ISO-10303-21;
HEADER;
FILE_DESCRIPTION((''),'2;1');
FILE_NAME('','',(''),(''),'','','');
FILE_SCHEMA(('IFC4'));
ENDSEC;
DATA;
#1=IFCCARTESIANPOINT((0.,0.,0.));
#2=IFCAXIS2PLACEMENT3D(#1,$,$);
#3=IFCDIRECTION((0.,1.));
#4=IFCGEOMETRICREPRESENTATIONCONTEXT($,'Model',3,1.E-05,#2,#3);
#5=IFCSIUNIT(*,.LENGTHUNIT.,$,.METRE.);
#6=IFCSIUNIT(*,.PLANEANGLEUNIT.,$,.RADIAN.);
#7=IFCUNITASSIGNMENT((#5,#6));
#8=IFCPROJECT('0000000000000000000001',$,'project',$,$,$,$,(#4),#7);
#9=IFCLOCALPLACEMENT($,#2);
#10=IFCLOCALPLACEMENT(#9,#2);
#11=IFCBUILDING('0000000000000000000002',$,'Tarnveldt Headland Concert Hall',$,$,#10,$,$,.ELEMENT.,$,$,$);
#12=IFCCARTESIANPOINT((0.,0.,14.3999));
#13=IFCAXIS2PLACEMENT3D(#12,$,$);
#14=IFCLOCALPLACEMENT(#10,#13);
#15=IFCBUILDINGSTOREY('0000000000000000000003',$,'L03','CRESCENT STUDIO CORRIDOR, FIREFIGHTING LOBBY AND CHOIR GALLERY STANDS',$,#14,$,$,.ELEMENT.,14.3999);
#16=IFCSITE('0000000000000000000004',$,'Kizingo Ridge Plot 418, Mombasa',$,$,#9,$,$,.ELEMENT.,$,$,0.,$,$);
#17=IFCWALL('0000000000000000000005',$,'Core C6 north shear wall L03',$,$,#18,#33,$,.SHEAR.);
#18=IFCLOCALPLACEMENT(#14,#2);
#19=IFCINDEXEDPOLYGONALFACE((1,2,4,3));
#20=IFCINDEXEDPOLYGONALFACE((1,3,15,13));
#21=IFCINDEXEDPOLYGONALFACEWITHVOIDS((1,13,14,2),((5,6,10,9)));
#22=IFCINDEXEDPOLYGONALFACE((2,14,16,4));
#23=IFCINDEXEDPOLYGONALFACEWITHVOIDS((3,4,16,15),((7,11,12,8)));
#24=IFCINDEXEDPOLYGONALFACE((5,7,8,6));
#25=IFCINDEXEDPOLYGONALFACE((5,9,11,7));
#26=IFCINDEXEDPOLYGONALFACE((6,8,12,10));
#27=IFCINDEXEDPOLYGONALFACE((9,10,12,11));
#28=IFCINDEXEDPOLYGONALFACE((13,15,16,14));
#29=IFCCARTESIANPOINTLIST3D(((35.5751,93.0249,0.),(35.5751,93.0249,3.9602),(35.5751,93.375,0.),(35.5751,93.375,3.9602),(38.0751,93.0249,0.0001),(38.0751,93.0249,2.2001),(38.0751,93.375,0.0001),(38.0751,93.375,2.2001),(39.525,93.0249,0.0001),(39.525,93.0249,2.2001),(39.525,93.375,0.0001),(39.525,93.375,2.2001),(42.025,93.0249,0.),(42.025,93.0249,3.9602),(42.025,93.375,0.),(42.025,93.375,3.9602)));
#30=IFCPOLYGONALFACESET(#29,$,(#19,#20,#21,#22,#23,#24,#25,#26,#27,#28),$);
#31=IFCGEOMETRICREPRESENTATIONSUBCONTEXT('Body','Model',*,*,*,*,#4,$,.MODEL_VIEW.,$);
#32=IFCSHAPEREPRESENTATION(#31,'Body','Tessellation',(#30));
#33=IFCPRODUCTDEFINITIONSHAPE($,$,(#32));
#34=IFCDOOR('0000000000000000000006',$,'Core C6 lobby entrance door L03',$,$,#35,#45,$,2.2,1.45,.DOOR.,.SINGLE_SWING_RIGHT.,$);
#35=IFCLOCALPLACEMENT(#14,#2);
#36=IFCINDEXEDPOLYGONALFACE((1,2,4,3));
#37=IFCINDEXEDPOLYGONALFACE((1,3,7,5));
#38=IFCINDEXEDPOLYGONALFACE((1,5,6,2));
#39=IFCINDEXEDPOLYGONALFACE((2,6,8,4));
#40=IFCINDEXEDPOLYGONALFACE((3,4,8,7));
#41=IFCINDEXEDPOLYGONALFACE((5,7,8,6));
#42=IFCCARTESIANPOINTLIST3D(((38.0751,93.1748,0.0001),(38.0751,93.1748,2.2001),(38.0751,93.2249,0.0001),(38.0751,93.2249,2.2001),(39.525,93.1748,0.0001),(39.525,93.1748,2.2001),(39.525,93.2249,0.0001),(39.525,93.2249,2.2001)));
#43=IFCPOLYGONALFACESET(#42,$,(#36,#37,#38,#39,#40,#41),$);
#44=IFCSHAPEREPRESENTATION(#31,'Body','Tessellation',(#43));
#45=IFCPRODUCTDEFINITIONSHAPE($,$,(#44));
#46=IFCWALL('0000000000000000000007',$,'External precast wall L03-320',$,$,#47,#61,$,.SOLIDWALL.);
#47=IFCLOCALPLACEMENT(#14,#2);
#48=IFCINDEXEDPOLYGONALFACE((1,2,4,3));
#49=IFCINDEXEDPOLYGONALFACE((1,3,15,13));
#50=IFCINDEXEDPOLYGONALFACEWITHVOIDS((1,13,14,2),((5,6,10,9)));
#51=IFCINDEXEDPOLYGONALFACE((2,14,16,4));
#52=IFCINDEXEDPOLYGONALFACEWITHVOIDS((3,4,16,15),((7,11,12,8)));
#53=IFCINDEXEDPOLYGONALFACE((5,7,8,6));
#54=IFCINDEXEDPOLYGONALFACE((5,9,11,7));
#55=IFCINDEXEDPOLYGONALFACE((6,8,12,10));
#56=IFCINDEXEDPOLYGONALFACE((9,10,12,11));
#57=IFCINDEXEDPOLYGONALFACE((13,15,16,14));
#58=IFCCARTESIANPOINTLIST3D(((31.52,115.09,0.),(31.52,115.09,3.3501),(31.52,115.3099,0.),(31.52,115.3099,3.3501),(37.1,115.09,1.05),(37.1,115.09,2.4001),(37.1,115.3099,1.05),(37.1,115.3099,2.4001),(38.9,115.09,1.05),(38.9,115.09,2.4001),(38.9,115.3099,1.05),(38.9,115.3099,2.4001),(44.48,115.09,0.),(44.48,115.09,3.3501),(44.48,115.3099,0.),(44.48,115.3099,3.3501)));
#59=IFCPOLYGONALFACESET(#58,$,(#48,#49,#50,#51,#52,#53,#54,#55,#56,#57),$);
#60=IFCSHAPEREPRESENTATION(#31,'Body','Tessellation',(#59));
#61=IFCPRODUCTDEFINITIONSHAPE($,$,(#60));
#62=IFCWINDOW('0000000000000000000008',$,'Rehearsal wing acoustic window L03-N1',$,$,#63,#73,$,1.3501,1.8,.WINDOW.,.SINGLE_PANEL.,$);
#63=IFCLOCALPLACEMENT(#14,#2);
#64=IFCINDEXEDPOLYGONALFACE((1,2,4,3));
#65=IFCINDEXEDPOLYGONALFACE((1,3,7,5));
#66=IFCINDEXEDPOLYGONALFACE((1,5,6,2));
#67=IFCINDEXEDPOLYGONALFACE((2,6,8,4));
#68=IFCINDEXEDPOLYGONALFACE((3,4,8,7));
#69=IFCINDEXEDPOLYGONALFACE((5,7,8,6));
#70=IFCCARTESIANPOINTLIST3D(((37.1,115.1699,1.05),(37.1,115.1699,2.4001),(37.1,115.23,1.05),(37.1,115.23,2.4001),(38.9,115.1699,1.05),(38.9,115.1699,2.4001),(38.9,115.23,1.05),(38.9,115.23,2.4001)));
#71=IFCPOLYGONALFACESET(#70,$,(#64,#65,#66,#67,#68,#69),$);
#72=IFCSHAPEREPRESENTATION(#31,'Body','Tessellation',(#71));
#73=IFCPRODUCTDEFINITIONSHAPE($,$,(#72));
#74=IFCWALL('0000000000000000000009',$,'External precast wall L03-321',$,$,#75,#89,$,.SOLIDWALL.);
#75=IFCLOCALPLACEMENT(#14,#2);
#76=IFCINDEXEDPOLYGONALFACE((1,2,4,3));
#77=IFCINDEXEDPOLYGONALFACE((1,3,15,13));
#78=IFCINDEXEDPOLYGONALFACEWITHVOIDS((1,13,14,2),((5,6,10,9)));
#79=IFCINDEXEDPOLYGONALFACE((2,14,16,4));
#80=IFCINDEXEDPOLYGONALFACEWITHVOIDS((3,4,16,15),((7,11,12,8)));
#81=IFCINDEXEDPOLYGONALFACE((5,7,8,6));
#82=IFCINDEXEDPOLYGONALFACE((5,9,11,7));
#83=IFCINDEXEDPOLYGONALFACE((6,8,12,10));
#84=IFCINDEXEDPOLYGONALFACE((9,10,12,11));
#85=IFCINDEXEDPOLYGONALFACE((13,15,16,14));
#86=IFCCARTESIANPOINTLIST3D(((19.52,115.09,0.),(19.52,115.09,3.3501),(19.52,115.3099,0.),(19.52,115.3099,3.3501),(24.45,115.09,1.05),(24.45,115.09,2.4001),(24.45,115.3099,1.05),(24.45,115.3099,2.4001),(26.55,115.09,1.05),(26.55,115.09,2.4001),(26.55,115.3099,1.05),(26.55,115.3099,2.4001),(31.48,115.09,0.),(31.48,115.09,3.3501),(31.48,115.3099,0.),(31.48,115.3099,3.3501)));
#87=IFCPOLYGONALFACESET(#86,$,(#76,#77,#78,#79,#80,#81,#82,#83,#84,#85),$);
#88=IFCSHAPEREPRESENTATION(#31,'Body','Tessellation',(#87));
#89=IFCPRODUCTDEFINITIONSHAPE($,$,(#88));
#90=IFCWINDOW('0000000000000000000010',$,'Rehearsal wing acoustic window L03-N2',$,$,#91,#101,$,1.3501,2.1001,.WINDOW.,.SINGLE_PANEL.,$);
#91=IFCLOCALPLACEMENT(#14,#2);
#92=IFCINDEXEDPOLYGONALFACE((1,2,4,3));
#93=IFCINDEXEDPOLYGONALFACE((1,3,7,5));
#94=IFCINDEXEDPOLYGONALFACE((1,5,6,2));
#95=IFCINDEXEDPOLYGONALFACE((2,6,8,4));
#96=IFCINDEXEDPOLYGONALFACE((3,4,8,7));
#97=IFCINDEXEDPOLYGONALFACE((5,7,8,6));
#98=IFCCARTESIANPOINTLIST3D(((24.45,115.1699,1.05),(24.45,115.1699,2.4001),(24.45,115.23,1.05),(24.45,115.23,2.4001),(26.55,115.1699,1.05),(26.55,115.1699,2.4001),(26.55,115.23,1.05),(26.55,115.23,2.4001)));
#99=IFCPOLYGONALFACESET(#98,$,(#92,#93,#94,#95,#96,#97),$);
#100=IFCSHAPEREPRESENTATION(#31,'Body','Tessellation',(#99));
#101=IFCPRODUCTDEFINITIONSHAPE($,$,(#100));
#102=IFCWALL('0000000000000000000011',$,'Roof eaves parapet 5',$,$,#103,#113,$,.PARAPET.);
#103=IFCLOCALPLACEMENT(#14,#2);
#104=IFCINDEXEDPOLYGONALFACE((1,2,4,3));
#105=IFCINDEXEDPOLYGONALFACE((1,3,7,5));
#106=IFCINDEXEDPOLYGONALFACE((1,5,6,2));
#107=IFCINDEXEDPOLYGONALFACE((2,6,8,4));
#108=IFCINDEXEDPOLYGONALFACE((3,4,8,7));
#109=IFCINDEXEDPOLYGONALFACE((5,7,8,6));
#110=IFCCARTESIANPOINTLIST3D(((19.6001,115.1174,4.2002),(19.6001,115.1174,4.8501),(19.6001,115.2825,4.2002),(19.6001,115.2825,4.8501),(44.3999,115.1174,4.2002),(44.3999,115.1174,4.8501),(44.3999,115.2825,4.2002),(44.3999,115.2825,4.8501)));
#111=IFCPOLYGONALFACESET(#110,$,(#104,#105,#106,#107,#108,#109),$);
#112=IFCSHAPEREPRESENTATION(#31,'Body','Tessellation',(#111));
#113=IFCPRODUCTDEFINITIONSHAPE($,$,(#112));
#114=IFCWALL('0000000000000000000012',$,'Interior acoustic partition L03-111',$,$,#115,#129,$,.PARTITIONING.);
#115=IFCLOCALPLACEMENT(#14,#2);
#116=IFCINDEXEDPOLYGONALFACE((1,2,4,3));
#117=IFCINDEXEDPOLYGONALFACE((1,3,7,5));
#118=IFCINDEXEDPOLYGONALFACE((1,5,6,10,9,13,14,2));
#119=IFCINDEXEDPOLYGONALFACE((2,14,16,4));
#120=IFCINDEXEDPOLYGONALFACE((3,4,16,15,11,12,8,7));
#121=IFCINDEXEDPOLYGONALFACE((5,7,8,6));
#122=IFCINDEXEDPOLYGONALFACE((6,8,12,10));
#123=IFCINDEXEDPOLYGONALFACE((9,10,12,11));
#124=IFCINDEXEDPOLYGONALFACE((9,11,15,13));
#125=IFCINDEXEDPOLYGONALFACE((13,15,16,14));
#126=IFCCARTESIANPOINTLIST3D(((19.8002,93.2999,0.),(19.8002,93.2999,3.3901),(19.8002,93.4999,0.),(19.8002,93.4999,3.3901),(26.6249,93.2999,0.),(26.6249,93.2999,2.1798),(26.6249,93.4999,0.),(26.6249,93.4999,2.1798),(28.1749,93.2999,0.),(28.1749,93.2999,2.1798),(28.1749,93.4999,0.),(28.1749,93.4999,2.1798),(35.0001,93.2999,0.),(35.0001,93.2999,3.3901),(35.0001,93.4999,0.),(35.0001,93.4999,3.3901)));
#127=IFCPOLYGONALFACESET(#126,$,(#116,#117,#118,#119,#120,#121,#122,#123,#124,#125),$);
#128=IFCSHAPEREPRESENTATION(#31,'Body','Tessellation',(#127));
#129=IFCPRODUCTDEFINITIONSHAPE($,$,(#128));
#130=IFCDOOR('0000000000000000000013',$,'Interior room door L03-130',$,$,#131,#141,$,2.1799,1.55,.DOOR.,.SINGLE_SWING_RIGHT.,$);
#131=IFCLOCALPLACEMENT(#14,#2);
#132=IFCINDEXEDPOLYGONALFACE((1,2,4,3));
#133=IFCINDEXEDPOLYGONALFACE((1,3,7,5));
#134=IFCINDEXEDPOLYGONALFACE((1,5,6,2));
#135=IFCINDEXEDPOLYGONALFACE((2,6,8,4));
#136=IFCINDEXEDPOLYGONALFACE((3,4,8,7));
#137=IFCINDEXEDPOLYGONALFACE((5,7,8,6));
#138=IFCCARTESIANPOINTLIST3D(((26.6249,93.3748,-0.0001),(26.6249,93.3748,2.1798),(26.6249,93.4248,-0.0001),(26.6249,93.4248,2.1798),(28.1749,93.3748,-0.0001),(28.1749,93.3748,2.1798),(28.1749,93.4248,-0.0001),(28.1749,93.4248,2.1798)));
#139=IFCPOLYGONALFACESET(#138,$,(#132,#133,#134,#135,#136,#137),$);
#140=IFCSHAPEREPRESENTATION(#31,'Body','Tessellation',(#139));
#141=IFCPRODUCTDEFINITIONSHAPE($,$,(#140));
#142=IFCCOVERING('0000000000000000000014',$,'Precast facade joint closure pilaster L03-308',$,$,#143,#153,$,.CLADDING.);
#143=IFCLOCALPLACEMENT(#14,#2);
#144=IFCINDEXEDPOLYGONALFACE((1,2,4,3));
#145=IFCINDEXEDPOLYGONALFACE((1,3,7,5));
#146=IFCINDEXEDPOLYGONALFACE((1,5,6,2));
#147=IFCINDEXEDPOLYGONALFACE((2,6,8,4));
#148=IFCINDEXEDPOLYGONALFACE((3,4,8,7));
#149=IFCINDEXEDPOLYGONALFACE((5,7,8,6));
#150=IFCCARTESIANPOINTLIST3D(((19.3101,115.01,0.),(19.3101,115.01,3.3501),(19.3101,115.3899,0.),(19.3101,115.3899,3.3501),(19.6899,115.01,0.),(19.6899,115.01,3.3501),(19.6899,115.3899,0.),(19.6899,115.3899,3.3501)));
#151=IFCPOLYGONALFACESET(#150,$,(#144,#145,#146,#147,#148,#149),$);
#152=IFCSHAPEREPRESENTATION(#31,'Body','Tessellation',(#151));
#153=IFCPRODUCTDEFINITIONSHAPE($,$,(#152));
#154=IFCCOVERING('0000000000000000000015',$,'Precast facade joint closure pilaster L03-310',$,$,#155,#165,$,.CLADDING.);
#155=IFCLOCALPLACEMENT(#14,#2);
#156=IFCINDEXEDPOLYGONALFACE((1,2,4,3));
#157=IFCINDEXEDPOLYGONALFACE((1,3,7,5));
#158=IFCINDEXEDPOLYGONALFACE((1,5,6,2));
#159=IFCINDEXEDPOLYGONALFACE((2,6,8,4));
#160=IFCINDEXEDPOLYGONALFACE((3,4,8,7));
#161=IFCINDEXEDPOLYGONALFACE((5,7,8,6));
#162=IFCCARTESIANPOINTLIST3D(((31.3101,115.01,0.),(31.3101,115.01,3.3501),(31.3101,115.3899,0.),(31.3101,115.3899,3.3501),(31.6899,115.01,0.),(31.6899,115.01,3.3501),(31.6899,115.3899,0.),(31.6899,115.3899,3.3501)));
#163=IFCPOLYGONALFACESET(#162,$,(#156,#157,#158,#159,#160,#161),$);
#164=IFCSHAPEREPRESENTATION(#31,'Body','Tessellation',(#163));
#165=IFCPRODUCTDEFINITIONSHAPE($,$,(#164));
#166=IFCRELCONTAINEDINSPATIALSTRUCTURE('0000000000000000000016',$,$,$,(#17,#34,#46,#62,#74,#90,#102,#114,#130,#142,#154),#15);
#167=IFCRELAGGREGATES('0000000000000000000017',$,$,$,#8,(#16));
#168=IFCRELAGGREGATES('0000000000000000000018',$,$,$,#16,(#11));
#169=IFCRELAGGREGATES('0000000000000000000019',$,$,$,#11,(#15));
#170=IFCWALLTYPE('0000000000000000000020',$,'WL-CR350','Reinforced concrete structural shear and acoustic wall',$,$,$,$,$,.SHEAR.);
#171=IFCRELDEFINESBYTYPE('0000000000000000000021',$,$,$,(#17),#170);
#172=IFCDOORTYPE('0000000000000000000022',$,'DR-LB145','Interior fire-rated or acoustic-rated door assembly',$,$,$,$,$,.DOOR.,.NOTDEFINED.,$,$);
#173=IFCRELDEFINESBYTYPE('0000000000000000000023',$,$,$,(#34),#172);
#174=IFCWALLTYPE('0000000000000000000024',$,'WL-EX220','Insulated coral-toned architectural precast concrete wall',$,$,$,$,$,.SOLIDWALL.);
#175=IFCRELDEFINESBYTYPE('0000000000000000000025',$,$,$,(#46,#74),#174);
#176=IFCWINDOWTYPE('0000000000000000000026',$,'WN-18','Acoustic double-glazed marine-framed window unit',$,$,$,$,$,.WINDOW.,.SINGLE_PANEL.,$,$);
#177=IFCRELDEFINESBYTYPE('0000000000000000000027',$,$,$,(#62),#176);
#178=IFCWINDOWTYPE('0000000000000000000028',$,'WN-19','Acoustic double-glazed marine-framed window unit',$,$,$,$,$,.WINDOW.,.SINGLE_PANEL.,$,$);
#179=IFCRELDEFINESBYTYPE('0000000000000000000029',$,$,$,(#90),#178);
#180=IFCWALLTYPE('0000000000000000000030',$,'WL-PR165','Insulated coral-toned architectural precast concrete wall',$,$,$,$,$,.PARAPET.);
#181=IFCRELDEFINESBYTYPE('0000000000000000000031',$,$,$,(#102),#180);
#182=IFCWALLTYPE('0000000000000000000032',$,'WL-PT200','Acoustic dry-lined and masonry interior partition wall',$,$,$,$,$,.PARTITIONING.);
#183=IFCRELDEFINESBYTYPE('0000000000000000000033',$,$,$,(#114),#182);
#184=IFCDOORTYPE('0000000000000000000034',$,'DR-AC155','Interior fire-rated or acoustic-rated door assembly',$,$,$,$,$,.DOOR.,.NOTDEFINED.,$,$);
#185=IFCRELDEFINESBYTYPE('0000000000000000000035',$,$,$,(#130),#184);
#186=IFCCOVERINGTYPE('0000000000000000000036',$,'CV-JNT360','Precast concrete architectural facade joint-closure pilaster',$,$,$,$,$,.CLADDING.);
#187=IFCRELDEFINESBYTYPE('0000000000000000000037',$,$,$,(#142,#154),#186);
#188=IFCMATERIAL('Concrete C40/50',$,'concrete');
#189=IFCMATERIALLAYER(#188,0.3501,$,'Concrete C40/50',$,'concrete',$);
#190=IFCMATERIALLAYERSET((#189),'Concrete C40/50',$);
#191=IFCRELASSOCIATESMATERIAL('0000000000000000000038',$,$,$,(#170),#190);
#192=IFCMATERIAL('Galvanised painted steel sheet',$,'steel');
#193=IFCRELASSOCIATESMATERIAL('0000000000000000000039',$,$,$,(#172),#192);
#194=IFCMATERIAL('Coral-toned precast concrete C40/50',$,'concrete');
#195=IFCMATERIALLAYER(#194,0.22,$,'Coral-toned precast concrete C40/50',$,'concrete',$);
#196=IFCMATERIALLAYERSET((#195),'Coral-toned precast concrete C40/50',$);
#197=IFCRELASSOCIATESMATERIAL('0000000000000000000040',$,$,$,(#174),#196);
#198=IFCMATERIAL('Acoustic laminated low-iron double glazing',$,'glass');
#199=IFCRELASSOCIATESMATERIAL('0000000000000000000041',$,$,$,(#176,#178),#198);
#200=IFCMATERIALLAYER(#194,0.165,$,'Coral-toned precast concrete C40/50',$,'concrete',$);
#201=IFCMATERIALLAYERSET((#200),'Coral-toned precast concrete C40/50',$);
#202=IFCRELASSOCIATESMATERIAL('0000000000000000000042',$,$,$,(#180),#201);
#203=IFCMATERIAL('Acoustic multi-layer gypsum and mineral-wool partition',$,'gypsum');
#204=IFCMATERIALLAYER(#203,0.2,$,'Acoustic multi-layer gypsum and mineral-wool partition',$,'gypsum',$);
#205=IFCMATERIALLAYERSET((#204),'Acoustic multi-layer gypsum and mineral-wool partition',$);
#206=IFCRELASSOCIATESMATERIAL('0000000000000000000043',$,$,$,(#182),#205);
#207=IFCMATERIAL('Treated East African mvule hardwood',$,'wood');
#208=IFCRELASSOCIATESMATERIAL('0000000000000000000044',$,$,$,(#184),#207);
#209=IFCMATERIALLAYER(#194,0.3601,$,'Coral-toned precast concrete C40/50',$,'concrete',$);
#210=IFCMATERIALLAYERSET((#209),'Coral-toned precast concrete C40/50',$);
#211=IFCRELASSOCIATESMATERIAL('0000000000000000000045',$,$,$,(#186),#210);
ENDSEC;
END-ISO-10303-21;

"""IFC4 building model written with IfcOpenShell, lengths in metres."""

from ifc_helpers import new_model, si_unit, direction, frame, frame_2d, origin, origin_2d, place, context, subcontext, project, spatial, rectangle, extrude, material, layer, layer_set, type_object, element, fill, save


model = new_model("IFC4")

# Units and contexts
model_context = context("Model", 3, precision=1e-05, world=origin(), true_north=direction((0.0, 1.0)))
body_context = subcontext(model_context, "Body", "Model", "MODEL_VIEW")
ifc_project = project(units=[si_unit("LENGTHUNIT", "METRE"), si_unit("PLANEANGLEUNIT", "RADIAN")], contexts=[model_context])

# Site, building, storey
site_placement = place(None, origin())
site = spatial("IfcSite", under=ifc_project, at=site_placement, Name="Kizingo Ridge Plot 418, Mombasa", CompositionType="ELEMENT", RefElevation=0.0)
building_placement = place(site_placement, origin())
building = spatial("IfcBuilding", under=site, at=building_placement, Name="Tarnveldt Headland Concert Hall", CompositionType="ELEMENT")
storey_placement = place(building_placement, frame((0.0, 0.0, 14.3999)))
storey = spatial("IfcBuildingStorey", under=building, at=storey_placement, Name="L03", Description="CRESCENT STUDIO CORRIDOR, FIREFIGHTING LOBBY AND CHOIR GALLERY STANDS", CompositionType="ELEMENT", Elevation=14.3999)

# Shared definitions
ifc_material_1 = material(Name="Acoustic laminated low-iron double glazing", Category="glass")

# Shared definitions
ifc_material_2 = material(Name="Concrete C40/50", Category="concrete")

# Wall, opening, door
ifc_layer_1 = layer(ifc_material_2, 0.3501, Name="Concrete C40/50", Category="concrete")
ifc_layer_set_1 = layer_set([ifc_layer_1], Name="Concrete C40/50")
wall_type_1 = type_object("IfcWallType", Name="WL-CR350", Description="Reinforced concrete structural shear and acoustic wall", PredefinedType="SHEAR", material=ifc_layer_set_1)
wall_1_placement = place(storey_placement, frame((35.575, 93.2, 0.0), z_axis=(0.0, 0.0, 1.0), x_axis=(1.0, 0.0, 0.0)))
wall_1 = element("IfcWall", 1, at=wall_1_placement, inside=storey, type_object=wall_type_1, Name="Core C6 north shear wall L03", PredefinedType="SHEAR", context=body_context, shape_type="SweptSolid", body=[
    extrude(rectangle(XDim=6.45, YDim=0.3501, at=frame_2d((3.2251, 0.0))), origin(), (0.0, 0.0, 1.0), 3.9602),
])
opening_1_placement = place(wall_1_placement, frame((2.5, 0.0, 0.0)))
opening_1 = element("IfcOpeningElement", 2, at=opening_1_placement, cuts=wall_1, PredefinedType="OPENING", context=body_context, shape_type="SweptSolid", body=[
    extrude(rectangle(XDim=1.45, YDim=2.2, at=frame_2d((0.7251, 1.1001))), frame((0.0, 0.1851, 0.0), z_axis=(0.0, -1.0, 0.0), x_axis=(1.0, 0.0, 0.0)), (0.0, 0.0, 1.0), 0.3701),
])
ifc_material_3 = material(Name="Galvanised painted steel sheet", Category="steel")
door_type_1 = type_object("IfcDoorType", Name="DR-LB145", Description="Interior fire-rated or acoustic-rated door assembly", OperationType="NOTDEFINED", PredefinedType="DOOR", material=ifc_material_3)
door_1_placement = place(opening_1_placement, origin())
door_1 = element("IfcDoor", 3, at=door_1_placement, inside=storey, type_object=door_type_1, Name="Core C6 lobby entrance door L03", OperationType="SINGLE_SWING_RIGHT", OverallHeight=2.2, OverallWidth=1.45, PredefinedType="DOOR", context=body_context, shape_type="SweptSolid", body=[
    extrude(rectangle(XDim=1.45, YDim=2.2, at=frame_2d((0.7251, 1.1001))), frame((0.0, 0.0249, 0.0), z_axis=(0.0, -1.0, 0.0), x_axis=(1.0, 0.0, 0.0)), (0.0, 0.0, 1.0), 0.05),
])
fill(opening_1, door_1)

# Walls, openings, windows
ifc_material_4 = material(Name="Coral-toned precast concrete C40/50", Category="concrete")
ifc_layer_2 = layer(ifc_material_4, 0.22, Name="Coral-toned precast concrete C40/50", Category="concrete")
ifc_layer_set_2 = layer_set([ifc_layer_2], Name="Coral-toned precast concrete C40/50")
wall_type_2 = type_object("IfcWallType", Name="WL-EX220", Description="Insulated coral-toned architectural precast concrete wall", PredefinedType="SOLIDWALL", material=ifc_layer_set_2)
wall_2_placement = place(storey_placement, frame((31.52, 115.2, 0.0), z_axis=(0.0, 0.0, 1.0), x_axis=(1.0, 0.0, 0.0)))
wall_2 = element("IfcWall", 4, at=wall_2_placement, inside=storey, type_object=wall_type_2, Name="External precast wall L03-320", PredefinedType="SOLIDWALL", context=body_context, shape_type="SweptSolid", body=[
    extrude(rectangle(XDim=12.96, YDim=0.22, at=frame_2d((6.48, 0.0))), origin(), (0.0, 0.0, 1.0), 3.3501),
])
opening_2_placement = place(wall_2_placement, frame((5.5801, 0.0, 1.05)))
opening_2 = element("IfcOpeningElement", 5, at=opening_2_placement, cuts=wall_2, PredefinedType="OPENING", context=body_context, shape_type="SweptSolid", body=[
    extrude(rectangle(XDim=1.8, YDim=1.3501, at=frame_2d((0.8999, 0.675))), frame((0.0, 0.1199, 0.0), z_axis=(0.0, -1.0, 0.0), x_axis=(1.0, 0.0, 0.0)), (0.0, 0.0, 1.0), 0.24),
])
window_type_1 = type_object("IfcWindowType", Name="WN-18", Description="Acoustic double-glazed marine-framed window unit", PartitioningType="SINGLE_PANEL", PredefinedType="WINDOW", material=ifc_material_1)
window_1_placement = place(opening_2_placement, origin())
window_1 = element("IfcWindow", 6, at=window_1_placement, inside=storey, type_object=window_type_1, Name="Rehearsal wing acoustic window L03-N1", OverallHeight=1.3501, OverallWidth=1.8, PartitioningType="SINGLE_PANEL", PredefinedType="WINDOW", context=body_context, shape_type="SweptSolid", body=[
    extrude(rectangle(XDim=1.8, YDim=1.3501, at=frame_2d((0.8999, 0.675))), frame((0.0, 0.03, 0.0), z_axis=(0.0, -1.0, 0.0), x_axis=(1.0, 0.0, 0.0)), (0.0, 0.0, 1.0), 0.0601),
])
fill(opening_2, window_1)
wall_3_placement = place(storey_placement, frame((19.52, 115.2, 0.0), z_axis=(0.0, 0.0, 1.0), x_axis=(1.0, 0.0, 0.0)))
wall_3 = element("IfcWall", 7, at=wall_3_placement, inside=storey, type_object=wall_type_2, Name="External precast wall L03-321", PredefinedType="SOLIDWALL", context=body_context, shape_type="SweptSolid", body=[
    extrude(rectangle(XDim=11.96, YDim=0.22, at=frame_2d((5.98, 0.0))), origin(), (0.0, 0.0, 1.0), 3.3501),
])
opening_3_placement = place(wall_3_placement, frame((4.9299, 0.0, 1.05)))
opening_3 = element("IfcOpeningElement", 8, at=opening_3_placement, cuts=wall_3, PredefinedType="OPENING", context=body_context, shape_type="SweptSolid", body=[
    extrude(rectangle(XDim=2.1001, YDim=1.3501, at=frame_2d((1.05, 0.675))), frame((0.0, 0.1199, 0.0), z_axis=(0.0, -1.0, 0.0), x_axis=(1.0, 0.0, 0.0)), (0.0, 0.0, 1.0), 0.24),
])
window_type_2 = type_object("IfcWindowType", Name="WN-19", Description="Acoustic double-glazed marine-framed window unit", PartitioningType="SINGLE_PANEL", PredefinedType="WINDOW", material=ifc_material_1)
window_2_placement = place(opening_3_placement, origin())
window_2 = element("IfcWindow", 9, at=window_2_placement, inside=storey, type_object=window_type_2, Name="Rehearsal wing acoustic window L03-N2", OverallHeight=1.3501, OverallWidth=2.1001, PartitioningType="SINGLE_PANEL", PredefinedType="WINDOW", context=body_context, shape_type="SweptSolid", body=[
    extrude(rectangle(XDim=2.1001, YDim=1.3501, at=frame_2d((1.05, 0.675))), frame((0.0, 0.03, 0.0), z_axis=(0.0, -1.0, 0.0), x_axis=(1.0, 0.0, 0.0)), (0.0, 0.0, 1.0), 0.0601),
])
fill(opening_3, window_2)

# Wall
ifc_layer_3 = layer(ifc_material_4, 0.165, Name="Coral-toned precast concrete C40/50", Category="concrete")
ifc_layer_set_3 = layer_set([ifc_layer_3], Name="Coral-toned precast concrete C40/50")
wall_type_3 = type_object("IfcWallType", Name="WL-PR165", Description="Insulated coral-toned architectural precast concrete wall", PredefinedType="PARAPET", material=ifc_layer_set_3)
wall_4_placement = place(storey_placement, frame((19.6001, 115.2, 4.2002), z_axis=(0.0, 0.0, 1.0), x_axis=(1.0, 0.0, 0.0)))
element("IfcWall", 10, at=wall_4_placement, inside=storey, type_object=wall_type_3, Name="Roof eaves parapet 5", PredefinedType="PARAPET", context=body_context, shape_type="SweptSolid", body=[
    extrude(rectangle(XDim=24.7998, YDim=0.165, at=frame_2d((12.3999, 0.0))), origin(), (0.0, 0.0, 1.0), 0.6499),
])

# Wall, opening, door
ifc_material_5 = material(Name="Acoustic multi-layer gypsum and mineral-wool partition", Category="gypsum")
ifc_layer_4 = layer(ifc_material_5, 0.2, Name="Acoustic multi-layer gypsum and mineral-wool partition", Category="gypsum")
ifc_layer_set_4 = layer_set([ifc_layer_4], Name="Acoustic multi-layer gypsum and mineral-wool partition")
wall_type_4 = type_object("IfcWallType", Name="WL-PT200", Description="Acoustic dry-lined and masonry interior partition wall", PredefinedType="PARTITIONING", material=ifc_layer_set_4)
wall_5_placement = place(storey_placement, frame((19.8, 93.3999, 0.0), z_axis=(0.0, 0.0, 1.0), x_axis=(1.0, 0.0, 0.0)))
wall_5 = element("IfcWall", 11, at=wall_5_placement, inside=storey, type_object=wall_type_4, Name="Interior acoustic partition L03-111", PredefinedType="PARTITIONING", context=body_context, shape_type="SweptSolid", body=[
    extrude(rectangle(XDim=15.2, YDim=0.2, at=frame_2d((7.6001, 0.0))), origin(), (0.0, 0.0, 1.0), 3.3901),
])
opening_4_placement = place(wall_5_placement, frame((6.825, 0.0, 0.0)))
opening_4 = element("IfcOpeningElement", 12, at=opening_4_placement, cuts=wall_5, PredefinedType="OPENING", context=body_context, shape_type="SweptSolid", body=[
    extrude(rectangle(XDim=1.55, YDim=2.1799, at=frame_2d((0.7749, 1.0898))), frame((0.0, 0.1099, 0.0), z_axis=(0.0, -1.0, 0.0), x_axis=(1.0, 0.0, 0.0)), (0.0, 0.0, 1.0), 0.22),
])
ifc_material_6 = material(Name="Treated East African mvule hardwood", Category="wood")
door_type_2 = type_object("IfcDoorType", Name="DR-AC155", Description="Interior fire-rated or acoustic-rated door assembly", OperationType="NOTDEFINED", PredefinedType="DOOR", material=ifc_material_6)
door_2_placement = place(opening_4_placement, origin())
door_2 = element("IfcDoor", 13, at=door_2_placement, inside=storey, type_object=door_type_2, Name="Interior room door L03-130", OperationType="SINGLE_SWING_RIGHT", OverallHeight=2.1799, OverallWidth=1.55, PredefinedType="DOOR", context=body_context, shape_type="SweptSolid", body=[
    extrude(rectangle(XDim=1.55, YDim=2.1799, at=frame_2d((0.7749, 1.0898))), frame((0.0, 0.0249, 0.0), z_axis=(0.0, -1.0, 0.0), x_axis=(1.0, 0.0, 0.0)), (0.0, 0.0, 1.0), 0.05),
])
fill(opening_4, door_2)

# Coverings
ifc_layer_5 = layer(ifc_material_4, 0.3601, Name="Coral-toned precast concrete C40/50", Category="concrete")
ifc_layer_set_5 = layer_set([ifc_layer_5], Name="Coral-toned precast concrete C40/50")
covering_type = type_object("IfcCoveringType", Name="CV-JNT360", Description="Precast concrete architectural facade joint-closure pilaster", PredefinedType="CLADDING", material=ifc_layer_set_5)
for number, where, z_axis, x_axis, name in (
    (14, (19.5, 115.2, 0.0), (0.0, 0.0, 1.0), (1.0, 0.0, 0.0), "Precast facade joint closure pilaster L03-308"),
    (15, (31.5, 115.2, 0.0), (0.0, 0.0, 1.0), (1.0, 0.0, 0.0), "Precast facade joint closure pilaster L03-310"),
):
    element("IfcCovering", number, at=place(storey_placement, frame(where, z_axis=z_axis, x_axis=x_axis)), inside=storey, type_object=covering_type, Name=name, PredefinedType="CLADDING", context=body_context, shape_type="SweptSolid", body=[
        extrude(rectangle(XDim=0.3799, YDim=0.3799, at=origin_2d()), origin(), (0.0, 0.0, 1.0), 3.3501),
    ])

save(model, "model.ifc")
